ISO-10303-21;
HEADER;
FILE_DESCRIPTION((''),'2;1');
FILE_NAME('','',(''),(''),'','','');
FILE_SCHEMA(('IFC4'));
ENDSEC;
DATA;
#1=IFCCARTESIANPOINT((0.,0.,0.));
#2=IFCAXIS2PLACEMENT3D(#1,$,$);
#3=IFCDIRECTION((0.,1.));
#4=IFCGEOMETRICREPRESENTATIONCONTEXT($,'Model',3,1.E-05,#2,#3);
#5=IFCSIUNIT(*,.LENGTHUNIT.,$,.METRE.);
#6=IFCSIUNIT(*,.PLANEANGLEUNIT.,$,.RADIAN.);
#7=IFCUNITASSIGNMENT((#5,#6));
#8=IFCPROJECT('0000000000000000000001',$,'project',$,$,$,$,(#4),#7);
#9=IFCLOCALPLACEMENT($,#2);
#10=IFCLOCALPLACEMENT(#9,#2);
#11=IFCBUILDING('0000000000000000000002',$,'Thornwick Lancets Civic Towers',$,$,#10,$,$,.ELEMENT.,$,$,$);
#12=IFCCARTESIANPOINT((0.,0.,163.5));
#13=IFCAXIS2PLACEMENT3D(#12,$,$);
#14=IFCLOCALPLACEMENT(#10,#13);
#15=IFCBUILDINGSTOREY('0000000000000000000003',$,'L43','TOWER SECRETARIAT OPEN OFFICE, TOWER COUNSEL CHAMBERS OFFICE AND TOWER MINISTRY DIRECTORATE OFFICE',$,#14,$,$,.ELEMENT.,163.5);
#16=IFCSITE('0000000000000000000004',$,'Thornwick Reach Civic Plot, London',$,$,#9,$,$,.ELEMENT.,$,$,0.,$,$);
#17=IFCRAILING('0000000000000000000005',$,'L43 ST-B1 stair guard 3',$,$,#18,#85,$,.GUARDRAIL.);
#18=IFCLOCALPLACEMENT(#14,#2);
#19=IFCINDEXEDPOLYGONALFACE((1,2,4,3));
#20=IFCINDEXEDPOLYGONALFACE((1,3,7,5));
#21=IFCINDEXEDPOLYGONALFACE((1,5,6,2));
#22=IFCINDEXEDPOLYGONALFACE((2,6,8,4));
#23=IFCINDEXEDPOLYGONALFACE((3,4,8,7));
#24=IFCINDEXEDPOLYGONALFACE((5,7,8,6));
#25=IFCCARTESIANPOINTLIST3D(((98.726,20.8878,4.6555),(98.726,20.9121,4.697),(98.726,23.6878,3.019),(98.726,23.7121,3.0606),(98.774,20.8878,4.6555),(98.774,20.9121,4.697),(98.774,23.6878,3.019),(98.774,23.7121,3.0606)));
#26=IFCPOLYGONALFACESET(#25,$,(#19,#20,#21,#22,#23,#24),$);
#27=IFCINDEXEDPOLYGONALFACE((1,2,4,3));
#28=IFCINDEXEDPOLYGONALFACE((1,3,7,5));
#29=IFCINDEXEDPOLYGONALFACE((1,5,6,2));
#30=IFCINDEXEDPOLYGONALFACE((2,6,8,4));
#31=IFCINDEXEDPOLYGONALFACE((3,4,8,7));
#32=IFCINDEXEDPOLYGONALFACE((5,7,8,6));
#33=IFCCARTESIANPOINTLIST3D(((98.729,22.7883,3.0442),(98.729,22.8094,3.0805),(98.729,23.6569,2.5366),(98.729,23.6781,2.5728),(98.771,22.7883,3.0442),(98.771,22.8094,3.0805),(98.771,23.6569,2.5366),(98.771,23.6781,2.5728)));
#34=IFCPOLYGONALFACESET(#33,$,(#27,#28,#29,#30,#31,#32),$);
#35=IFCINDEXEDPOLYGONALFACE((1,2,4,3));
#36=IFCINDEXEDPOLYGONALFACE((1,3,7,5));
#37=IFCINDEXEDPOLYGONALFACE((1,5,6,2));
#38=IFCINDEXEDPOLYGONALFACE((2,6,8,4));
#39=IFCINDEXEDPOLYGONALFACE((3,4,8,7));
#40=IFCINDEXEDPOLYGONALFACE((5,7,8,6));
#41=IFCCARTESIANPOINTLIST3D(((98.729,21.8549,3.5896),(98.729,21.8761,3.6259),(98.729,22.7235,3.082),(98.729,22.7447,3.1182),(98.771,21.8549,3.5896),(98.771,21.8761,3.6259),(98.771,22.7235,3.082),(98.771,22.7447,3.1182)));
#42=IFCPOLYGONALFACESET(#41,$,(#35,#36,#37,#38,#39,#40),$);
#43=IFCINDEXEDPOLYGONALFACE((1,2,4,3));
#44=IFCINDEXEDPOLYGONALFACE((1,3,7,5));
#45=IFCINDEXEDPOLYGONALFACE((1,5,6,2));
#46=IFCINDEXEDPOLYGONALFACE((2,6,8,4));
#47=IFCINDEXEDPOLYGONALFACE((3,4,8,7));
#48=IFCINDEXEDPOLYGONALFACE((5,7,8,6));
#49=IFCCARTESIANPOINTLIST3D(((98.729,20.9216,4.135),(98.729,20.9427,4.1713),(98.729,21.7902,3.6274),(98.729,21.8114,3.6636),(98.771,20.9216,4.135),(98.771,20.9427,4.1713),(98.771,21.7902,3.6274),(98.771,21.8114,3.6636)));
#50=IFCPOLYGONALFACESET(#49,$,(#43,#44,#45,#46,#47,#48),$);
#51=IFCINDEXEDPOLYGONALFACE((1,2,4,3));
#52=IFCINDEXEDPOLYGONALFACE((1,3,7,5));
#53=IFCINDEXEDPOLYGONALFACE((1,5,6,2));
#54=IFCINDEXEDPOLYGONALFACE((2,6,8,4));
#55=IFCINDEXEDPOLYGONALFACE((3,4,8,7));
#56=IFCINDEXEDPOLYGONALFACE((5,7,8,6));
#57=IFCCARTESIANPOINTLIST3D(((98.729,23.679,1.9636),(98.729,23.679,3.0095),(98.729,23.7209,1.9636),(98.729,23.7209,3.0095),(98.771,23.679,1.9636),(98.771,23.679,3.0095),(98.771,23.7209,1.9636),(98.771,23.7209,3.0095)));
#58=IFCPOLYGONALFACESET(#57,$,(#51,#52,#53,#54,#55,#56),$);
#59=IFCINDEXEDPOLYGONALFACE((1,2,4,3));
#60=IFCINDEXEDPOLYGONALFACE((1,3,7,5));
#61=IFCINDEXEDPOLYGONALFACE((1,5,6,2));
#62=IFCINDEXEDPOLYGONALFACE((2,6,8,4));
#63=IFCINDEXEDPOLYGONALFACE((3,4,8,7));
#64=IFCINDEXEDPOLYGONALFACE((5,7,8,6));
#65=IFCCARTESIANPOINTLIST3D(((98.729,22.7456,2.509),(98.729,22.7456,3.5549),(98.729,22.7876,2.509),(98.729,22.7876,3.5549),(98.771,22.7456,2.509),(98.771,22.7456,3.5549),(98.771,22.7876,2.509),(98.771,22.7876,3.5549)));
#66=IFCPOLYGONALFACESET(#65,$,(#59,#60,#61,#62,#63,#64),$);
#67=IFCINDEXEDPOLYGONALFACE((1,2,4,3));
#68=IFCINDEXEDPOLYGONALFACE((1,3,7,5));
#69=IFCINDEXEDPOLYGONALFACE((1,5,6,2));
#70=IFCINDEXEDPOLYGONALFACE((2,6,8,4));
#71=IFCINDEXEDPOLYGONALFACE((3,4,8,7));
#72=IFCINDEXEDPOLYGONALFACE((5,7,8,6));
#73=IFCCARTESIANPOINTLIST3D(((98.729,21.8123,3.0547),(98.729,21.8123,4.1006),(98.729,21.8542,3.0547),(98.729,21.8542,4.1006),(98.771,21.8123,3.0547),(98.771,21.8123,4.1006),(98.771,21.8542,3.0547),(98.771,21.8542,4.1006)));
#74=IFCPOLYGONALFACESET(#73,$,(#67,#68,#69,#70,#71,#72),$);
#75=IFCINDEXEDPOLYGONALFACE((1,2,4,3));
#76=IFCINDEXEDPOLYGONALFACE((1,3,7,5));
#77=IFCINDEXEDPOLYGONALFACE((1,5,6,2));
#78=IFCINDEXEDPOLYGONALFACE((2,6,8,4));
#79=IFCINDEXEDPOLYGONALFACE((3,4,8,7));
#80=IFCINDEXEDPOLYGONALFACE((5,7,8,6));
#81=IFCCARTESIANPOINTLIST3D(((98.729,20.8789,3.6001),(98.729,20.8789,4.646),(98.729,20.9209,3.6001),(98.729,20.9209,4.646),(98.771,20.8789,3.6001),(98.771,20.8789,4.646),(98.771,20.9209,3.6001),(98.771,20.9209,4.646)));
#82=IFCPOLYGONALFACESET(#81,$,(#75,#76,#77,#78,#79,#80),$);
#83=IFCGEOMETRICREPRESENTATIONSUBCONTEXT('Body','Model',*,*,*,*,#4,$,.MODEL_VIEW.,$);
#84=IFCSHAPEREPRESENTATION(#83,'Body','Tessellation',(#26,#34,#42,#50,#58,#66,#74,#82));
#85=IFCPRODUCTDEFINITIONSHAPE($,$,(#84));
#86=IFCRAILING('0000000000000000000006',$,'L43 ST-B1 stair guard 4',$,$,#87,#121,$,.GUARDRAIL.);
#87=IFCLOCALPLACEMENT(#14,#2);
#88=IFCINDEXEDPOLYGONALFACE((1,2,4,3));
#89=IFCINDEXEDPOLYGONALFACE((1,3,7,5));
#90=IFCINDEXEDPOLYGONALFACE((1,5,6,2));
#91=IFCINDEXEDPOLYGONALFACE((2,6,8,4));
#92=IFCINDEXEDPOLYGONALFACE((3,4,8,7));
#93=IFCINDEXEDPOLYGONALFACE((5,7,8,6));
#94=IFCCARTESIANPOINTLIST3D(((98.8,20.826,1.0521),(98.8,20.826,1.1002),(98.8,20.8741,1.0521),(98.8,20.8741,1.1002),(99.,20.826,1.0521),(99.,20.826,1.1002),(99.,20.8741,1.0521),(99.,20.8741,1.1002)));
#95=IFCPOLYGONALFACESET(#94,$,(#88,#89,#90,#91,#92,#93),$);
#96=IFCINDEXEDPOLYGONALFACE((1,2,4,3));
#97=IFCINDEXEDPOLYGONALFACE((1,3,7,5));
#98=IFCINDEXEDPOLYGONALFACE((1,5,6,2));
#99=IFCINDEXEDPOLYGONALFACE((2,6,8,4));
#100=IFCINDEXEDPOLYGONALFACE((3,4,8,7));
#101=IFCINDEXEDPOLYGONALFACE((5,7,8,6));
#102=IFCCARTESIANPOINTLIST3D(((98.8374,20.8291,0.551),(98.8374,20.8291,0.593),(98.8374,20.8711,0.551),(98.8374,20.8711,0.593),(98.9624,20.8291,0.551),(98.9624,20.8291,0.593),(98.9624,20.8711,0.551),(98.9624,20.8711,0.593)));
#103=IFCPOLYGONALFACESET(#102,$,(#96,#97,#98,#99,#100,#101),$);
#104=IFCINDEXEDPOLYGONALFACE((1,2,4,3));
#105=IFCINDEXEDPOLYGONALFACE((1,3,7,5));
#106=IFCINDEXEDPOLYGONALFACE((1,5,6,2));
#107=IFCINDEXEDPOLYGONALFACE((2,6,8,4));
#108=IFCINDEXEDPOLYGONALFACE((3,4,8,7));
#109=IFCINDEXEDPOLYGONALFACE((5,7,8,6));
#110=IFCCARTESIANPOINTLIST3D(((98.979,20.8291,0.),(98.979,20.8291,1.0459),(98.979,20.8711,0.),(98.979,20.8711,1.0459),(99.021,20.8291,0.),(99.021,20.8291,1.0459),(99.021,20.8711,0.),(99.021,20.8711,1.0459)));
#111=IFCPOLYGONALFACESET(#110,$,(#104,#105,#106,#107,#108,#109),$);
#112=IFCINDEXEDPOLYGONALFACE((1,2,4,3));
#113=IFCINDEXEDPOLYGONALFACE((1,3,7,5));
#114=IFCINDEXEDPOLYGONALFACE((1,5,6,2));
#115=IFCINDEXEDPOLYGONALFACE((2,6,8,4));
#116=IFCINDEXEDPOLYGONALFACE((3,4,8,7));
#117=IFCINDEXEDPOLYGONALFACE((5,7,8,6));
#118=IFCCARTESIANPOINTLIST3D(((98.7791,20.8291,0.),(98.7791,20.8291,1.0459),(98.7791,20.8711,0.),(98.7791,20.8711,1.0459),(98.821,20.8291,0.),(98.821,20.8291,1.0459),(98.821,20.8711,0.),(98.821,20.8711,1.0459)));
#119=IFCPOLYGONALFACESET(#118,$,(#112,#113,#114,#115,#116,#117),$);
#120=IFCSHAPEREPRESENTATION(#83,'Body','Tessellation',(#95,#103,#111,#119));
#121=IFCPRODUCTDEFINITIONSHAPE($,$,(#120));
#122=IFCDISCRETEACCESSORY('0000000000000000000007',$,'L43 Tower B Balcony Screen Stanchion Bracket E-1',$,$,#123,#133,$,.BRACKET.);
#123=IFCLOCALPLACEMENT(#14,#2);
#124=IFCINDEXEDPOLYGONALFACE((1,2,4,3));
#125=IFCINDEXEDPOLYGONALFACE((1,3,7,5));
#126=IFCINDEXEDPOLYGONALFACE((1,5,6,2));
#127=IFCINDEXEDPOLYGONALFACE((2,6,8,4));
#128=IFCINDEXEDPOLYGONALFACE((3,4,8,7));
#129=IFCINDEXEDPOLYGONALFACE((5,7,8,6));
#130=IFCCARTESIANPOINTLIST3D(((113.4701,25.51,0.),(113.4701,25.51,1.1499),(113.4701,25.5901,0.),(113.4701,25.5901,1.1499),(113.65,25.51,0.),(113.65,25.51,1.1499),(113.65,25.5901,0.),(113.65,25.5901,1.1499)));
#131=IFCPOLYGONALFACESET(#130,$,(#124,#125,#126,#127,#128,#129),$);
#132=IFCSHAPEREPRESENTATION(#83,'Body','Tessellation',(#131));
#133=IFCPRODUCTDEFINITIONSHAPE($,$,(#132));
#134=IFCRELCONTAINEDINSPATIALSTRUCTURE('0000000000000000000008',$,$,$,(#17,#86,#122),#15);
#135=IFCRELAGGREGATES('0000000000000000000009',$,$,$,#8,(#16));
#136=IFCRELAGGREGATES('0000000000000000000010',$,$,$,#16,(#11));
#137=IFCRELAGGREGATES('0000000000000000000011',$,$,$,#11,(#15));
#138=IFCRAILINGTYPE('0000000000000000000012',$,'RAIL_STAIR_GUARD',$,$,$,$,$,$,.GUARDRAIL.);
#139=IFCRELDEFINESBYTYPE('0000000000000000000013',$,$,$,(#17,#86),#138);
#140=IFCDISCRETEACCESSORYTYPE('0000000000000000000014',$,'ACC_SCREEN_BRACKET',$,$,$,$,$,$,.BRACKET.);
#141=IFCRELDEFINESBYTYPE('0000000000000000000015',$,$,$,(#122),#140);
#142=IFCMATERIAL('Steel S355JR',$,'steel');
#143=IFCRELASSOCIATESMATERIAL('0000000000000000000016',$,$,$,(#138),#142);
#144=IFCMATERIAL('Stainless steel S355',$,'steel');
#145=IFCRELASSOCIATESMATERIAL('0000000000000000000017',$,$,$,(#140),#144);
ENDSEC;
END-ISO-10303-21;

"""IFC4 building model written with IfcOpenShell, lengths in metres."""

from ifc_helpers import new_model, si_unit, direction, frame, origin, origin_2d, place, context, subcontext, project, spatial, rectangle, extrude, material, type_object, element, save


model = new_model("IFC4")

# Units and contexts
model_context = context("Model", 3, precision=1e-05, world=origin(), true_north=direction((0.0, 1.0)))
body_context = subcontext(model_context, "Body", "Model", "MODEL_VIEW")
ifc_project = project(units=[si_unit("LENGTHUNIT", "METRE"), si_unit("PLANEANGLEUNIT", "RADIAN")], contexts=[model_context])

# Site, building, storey
site_placement = place(None, origin())
site = spatial("IfcSite", under=ifc_project, at=site_placement, Name="Thornwick Reach Civic Plot, London", CompositionType="ELEMENT", RefElevation=0.0)
building_placement = place(site_placement, origin())
building = spatial("IfcBuilding", under=site, at=building_placement, Name="Thornwick Lancets Civic Towers", CompositionType="ELEMENT")
storey_placement = place(building_placement, frame((0.0, 0.0, 163.5)))
storey = spatial("IfcBuildingStorey", under=building, at=storey_placement, Name="L43", Description="TOWER SECRETARIAT OPEN OFFICE, TOWER COUNSEL CHAMBERS OFFICE AND TOWER MINISTRY DIRECTORATE OFFICE", CompositionType="ELEMENT", Elevation=163.5)

# Shared definitions
ifc_material_1 = material(Name="Steel S355JR", Category="steel")

# Railings
railing_type_1 = type_object("IfcRailingType", Name="RAIL_STAIR_GUARD", PredefinedType="GUARDRAIL", material=ifc_material_1)
railing_1_placement = place(storey_placement, frame((98.75, 23.7, 1.9636)))
element("IfcRailing", 1, at=railing_1_placement, inside=storey, type_object=railing_type_1, Name="L43 ST-B1 stair guard 3", PredefinedType="GUARDRAIL", context=body_context, shape_type="SweptSolid", body=[
    extrude(rectangle(XDim=0.0481, YDim=0.0481, at=origin_2d()), frame((0.0, 0.0, 1.0762), z_axis=(0.0, -0.863361, 0.504587), x_axis=(1.0, 0.0, 0.0)), (0.0, 0.0, 1.0), 3.2432),
    extrude(rectangle(XDim=0.042, YDim=0.042, at=origin_2d()), frame((0.0, -0.0325, 0.5911), z_axis=(0.0, -0.863361, 0.504587), x_axis=(1.0, 0.0, 0.0)), (0.0, 0.0, 1.0), 1.0061),
    extrude(rectangle(XDim=0.042, YDim=0.042, at=origin_2d()), frame((0.0, -0.9658, 1.1365), z_axis=(0.0, -0.863361, 0.504587), x_axis=(1.0, 0.0, 0.0)), (0.0, 0.0, 1.0), 1.0061),
    extrude(rectangle(XDim=0.042, YDim=0.042, at=origin_2d()), frame((0.0, -1.8992, 1.6819), z_axis=(0.0, -0.863361, 0.504587), x_axis=(1.0, 0.0, 0.0)), (0.0, 0.0, 1.0), 1.0061),
    extrude(rectangle(XDim=0.042, YDim=0.042, at=origin_2d()), origin(), (0.0, 0.0, 1.0), 1.0459),
    extrude(rectangle(XDim=0.042, YDim=0.042, at=origin_2d()), frame((0.0, -0.9333, 0.5454)), (0.0, 0.0, 1.0), 1.0459),
    extrude(rectangle(XDim=0.042, YDim=0.042, at=origin_2d()), frame((0.0, -1.8667, 1.0911)), (0.0, 0.0, 1.0), 1.0459),
    extrude(rectangle(XDim=0.042, YDim=0.042, at=origin_2d()), frame((0.0, -2.8, 1.6365)), (0.0, 0.0, 1.0), 1.0459),
])
railing_2_placement = place(storey_placement, frame((99.0, 20.8501, 0.0)))
element("IfcRailing", 2, at=railing_2_placement, inside=storey, type_object=railing_type_1, Name="L43 ST-B1 stair guard 4", PredefinedType="GUARDRAIL", context=body_context, shape_type="SweptSolid", body=[
    extrude(rectangle(XDim=0.0481, YDim=0.0481, at=origin_2d()), frame((0.0, 0.0, 1.0762), z_axis=(-1.0, 0.0, 0.0), x_axis=(0.0, -1.0, 0.0)), (0.0, 0.0, 1.0), 0.2),
    extrude(rectangle(XDim=0.042, YDim=0.042, at=origin_2d()), frame((-0.0376, 0.0, 0.572), z_axis=(-1.0, 0.0, 0.0), x_axis=(0.0, -1.0, 0.0)), (0.0, 0.0, 1.0), 0.125),
    extrude(rectangle(XDim=0.042, YDim=0.042, at=origin_2d()), origin(), (0.0, 0.0, 1.0), 1.0459),
    extrude(rectangle(XDim=0.042, YDim=0.042, at=origin_2d()), frame((-0.2, 0.0, 0.0)), (0.0, 0.0, 1.0), 1.0459),
])

# Discrete accessory
ifc_material_2 = material(Name="Stainless steel S355", Category="steel")
discrete_accessory_type = type_object("IfcDiscreteAccessoryType", Name="ACC_SCREEN_BRACKET", PredefinedType="BRACKET", material=ifc_material_2)
discrete_accessory_placement = place(storey_placement, frame((113.5601, 25.55, 0.0), z_axis=(0.0, 0.0, 1.0), x_axis=(0.0, 1.0, 0.0)))
element("IfcDiscreteAccessory", 3, at=discrete_accessory_placement, inside=storey, type_object=discrete_accessory_type, Name="L43 Tower B Balcony Screen Stanchion Bracket E-1", PredefinedType="BRACKET", context=body_context, shape_type="SweptSolid", body=[
    extrude(rectangle(XDim=0.0801, YDim=0.1799, at=origin_2d()), origin(), (0.0, 0.0, 1.0), 1.1499),
])

save(model, "model.ifc")
